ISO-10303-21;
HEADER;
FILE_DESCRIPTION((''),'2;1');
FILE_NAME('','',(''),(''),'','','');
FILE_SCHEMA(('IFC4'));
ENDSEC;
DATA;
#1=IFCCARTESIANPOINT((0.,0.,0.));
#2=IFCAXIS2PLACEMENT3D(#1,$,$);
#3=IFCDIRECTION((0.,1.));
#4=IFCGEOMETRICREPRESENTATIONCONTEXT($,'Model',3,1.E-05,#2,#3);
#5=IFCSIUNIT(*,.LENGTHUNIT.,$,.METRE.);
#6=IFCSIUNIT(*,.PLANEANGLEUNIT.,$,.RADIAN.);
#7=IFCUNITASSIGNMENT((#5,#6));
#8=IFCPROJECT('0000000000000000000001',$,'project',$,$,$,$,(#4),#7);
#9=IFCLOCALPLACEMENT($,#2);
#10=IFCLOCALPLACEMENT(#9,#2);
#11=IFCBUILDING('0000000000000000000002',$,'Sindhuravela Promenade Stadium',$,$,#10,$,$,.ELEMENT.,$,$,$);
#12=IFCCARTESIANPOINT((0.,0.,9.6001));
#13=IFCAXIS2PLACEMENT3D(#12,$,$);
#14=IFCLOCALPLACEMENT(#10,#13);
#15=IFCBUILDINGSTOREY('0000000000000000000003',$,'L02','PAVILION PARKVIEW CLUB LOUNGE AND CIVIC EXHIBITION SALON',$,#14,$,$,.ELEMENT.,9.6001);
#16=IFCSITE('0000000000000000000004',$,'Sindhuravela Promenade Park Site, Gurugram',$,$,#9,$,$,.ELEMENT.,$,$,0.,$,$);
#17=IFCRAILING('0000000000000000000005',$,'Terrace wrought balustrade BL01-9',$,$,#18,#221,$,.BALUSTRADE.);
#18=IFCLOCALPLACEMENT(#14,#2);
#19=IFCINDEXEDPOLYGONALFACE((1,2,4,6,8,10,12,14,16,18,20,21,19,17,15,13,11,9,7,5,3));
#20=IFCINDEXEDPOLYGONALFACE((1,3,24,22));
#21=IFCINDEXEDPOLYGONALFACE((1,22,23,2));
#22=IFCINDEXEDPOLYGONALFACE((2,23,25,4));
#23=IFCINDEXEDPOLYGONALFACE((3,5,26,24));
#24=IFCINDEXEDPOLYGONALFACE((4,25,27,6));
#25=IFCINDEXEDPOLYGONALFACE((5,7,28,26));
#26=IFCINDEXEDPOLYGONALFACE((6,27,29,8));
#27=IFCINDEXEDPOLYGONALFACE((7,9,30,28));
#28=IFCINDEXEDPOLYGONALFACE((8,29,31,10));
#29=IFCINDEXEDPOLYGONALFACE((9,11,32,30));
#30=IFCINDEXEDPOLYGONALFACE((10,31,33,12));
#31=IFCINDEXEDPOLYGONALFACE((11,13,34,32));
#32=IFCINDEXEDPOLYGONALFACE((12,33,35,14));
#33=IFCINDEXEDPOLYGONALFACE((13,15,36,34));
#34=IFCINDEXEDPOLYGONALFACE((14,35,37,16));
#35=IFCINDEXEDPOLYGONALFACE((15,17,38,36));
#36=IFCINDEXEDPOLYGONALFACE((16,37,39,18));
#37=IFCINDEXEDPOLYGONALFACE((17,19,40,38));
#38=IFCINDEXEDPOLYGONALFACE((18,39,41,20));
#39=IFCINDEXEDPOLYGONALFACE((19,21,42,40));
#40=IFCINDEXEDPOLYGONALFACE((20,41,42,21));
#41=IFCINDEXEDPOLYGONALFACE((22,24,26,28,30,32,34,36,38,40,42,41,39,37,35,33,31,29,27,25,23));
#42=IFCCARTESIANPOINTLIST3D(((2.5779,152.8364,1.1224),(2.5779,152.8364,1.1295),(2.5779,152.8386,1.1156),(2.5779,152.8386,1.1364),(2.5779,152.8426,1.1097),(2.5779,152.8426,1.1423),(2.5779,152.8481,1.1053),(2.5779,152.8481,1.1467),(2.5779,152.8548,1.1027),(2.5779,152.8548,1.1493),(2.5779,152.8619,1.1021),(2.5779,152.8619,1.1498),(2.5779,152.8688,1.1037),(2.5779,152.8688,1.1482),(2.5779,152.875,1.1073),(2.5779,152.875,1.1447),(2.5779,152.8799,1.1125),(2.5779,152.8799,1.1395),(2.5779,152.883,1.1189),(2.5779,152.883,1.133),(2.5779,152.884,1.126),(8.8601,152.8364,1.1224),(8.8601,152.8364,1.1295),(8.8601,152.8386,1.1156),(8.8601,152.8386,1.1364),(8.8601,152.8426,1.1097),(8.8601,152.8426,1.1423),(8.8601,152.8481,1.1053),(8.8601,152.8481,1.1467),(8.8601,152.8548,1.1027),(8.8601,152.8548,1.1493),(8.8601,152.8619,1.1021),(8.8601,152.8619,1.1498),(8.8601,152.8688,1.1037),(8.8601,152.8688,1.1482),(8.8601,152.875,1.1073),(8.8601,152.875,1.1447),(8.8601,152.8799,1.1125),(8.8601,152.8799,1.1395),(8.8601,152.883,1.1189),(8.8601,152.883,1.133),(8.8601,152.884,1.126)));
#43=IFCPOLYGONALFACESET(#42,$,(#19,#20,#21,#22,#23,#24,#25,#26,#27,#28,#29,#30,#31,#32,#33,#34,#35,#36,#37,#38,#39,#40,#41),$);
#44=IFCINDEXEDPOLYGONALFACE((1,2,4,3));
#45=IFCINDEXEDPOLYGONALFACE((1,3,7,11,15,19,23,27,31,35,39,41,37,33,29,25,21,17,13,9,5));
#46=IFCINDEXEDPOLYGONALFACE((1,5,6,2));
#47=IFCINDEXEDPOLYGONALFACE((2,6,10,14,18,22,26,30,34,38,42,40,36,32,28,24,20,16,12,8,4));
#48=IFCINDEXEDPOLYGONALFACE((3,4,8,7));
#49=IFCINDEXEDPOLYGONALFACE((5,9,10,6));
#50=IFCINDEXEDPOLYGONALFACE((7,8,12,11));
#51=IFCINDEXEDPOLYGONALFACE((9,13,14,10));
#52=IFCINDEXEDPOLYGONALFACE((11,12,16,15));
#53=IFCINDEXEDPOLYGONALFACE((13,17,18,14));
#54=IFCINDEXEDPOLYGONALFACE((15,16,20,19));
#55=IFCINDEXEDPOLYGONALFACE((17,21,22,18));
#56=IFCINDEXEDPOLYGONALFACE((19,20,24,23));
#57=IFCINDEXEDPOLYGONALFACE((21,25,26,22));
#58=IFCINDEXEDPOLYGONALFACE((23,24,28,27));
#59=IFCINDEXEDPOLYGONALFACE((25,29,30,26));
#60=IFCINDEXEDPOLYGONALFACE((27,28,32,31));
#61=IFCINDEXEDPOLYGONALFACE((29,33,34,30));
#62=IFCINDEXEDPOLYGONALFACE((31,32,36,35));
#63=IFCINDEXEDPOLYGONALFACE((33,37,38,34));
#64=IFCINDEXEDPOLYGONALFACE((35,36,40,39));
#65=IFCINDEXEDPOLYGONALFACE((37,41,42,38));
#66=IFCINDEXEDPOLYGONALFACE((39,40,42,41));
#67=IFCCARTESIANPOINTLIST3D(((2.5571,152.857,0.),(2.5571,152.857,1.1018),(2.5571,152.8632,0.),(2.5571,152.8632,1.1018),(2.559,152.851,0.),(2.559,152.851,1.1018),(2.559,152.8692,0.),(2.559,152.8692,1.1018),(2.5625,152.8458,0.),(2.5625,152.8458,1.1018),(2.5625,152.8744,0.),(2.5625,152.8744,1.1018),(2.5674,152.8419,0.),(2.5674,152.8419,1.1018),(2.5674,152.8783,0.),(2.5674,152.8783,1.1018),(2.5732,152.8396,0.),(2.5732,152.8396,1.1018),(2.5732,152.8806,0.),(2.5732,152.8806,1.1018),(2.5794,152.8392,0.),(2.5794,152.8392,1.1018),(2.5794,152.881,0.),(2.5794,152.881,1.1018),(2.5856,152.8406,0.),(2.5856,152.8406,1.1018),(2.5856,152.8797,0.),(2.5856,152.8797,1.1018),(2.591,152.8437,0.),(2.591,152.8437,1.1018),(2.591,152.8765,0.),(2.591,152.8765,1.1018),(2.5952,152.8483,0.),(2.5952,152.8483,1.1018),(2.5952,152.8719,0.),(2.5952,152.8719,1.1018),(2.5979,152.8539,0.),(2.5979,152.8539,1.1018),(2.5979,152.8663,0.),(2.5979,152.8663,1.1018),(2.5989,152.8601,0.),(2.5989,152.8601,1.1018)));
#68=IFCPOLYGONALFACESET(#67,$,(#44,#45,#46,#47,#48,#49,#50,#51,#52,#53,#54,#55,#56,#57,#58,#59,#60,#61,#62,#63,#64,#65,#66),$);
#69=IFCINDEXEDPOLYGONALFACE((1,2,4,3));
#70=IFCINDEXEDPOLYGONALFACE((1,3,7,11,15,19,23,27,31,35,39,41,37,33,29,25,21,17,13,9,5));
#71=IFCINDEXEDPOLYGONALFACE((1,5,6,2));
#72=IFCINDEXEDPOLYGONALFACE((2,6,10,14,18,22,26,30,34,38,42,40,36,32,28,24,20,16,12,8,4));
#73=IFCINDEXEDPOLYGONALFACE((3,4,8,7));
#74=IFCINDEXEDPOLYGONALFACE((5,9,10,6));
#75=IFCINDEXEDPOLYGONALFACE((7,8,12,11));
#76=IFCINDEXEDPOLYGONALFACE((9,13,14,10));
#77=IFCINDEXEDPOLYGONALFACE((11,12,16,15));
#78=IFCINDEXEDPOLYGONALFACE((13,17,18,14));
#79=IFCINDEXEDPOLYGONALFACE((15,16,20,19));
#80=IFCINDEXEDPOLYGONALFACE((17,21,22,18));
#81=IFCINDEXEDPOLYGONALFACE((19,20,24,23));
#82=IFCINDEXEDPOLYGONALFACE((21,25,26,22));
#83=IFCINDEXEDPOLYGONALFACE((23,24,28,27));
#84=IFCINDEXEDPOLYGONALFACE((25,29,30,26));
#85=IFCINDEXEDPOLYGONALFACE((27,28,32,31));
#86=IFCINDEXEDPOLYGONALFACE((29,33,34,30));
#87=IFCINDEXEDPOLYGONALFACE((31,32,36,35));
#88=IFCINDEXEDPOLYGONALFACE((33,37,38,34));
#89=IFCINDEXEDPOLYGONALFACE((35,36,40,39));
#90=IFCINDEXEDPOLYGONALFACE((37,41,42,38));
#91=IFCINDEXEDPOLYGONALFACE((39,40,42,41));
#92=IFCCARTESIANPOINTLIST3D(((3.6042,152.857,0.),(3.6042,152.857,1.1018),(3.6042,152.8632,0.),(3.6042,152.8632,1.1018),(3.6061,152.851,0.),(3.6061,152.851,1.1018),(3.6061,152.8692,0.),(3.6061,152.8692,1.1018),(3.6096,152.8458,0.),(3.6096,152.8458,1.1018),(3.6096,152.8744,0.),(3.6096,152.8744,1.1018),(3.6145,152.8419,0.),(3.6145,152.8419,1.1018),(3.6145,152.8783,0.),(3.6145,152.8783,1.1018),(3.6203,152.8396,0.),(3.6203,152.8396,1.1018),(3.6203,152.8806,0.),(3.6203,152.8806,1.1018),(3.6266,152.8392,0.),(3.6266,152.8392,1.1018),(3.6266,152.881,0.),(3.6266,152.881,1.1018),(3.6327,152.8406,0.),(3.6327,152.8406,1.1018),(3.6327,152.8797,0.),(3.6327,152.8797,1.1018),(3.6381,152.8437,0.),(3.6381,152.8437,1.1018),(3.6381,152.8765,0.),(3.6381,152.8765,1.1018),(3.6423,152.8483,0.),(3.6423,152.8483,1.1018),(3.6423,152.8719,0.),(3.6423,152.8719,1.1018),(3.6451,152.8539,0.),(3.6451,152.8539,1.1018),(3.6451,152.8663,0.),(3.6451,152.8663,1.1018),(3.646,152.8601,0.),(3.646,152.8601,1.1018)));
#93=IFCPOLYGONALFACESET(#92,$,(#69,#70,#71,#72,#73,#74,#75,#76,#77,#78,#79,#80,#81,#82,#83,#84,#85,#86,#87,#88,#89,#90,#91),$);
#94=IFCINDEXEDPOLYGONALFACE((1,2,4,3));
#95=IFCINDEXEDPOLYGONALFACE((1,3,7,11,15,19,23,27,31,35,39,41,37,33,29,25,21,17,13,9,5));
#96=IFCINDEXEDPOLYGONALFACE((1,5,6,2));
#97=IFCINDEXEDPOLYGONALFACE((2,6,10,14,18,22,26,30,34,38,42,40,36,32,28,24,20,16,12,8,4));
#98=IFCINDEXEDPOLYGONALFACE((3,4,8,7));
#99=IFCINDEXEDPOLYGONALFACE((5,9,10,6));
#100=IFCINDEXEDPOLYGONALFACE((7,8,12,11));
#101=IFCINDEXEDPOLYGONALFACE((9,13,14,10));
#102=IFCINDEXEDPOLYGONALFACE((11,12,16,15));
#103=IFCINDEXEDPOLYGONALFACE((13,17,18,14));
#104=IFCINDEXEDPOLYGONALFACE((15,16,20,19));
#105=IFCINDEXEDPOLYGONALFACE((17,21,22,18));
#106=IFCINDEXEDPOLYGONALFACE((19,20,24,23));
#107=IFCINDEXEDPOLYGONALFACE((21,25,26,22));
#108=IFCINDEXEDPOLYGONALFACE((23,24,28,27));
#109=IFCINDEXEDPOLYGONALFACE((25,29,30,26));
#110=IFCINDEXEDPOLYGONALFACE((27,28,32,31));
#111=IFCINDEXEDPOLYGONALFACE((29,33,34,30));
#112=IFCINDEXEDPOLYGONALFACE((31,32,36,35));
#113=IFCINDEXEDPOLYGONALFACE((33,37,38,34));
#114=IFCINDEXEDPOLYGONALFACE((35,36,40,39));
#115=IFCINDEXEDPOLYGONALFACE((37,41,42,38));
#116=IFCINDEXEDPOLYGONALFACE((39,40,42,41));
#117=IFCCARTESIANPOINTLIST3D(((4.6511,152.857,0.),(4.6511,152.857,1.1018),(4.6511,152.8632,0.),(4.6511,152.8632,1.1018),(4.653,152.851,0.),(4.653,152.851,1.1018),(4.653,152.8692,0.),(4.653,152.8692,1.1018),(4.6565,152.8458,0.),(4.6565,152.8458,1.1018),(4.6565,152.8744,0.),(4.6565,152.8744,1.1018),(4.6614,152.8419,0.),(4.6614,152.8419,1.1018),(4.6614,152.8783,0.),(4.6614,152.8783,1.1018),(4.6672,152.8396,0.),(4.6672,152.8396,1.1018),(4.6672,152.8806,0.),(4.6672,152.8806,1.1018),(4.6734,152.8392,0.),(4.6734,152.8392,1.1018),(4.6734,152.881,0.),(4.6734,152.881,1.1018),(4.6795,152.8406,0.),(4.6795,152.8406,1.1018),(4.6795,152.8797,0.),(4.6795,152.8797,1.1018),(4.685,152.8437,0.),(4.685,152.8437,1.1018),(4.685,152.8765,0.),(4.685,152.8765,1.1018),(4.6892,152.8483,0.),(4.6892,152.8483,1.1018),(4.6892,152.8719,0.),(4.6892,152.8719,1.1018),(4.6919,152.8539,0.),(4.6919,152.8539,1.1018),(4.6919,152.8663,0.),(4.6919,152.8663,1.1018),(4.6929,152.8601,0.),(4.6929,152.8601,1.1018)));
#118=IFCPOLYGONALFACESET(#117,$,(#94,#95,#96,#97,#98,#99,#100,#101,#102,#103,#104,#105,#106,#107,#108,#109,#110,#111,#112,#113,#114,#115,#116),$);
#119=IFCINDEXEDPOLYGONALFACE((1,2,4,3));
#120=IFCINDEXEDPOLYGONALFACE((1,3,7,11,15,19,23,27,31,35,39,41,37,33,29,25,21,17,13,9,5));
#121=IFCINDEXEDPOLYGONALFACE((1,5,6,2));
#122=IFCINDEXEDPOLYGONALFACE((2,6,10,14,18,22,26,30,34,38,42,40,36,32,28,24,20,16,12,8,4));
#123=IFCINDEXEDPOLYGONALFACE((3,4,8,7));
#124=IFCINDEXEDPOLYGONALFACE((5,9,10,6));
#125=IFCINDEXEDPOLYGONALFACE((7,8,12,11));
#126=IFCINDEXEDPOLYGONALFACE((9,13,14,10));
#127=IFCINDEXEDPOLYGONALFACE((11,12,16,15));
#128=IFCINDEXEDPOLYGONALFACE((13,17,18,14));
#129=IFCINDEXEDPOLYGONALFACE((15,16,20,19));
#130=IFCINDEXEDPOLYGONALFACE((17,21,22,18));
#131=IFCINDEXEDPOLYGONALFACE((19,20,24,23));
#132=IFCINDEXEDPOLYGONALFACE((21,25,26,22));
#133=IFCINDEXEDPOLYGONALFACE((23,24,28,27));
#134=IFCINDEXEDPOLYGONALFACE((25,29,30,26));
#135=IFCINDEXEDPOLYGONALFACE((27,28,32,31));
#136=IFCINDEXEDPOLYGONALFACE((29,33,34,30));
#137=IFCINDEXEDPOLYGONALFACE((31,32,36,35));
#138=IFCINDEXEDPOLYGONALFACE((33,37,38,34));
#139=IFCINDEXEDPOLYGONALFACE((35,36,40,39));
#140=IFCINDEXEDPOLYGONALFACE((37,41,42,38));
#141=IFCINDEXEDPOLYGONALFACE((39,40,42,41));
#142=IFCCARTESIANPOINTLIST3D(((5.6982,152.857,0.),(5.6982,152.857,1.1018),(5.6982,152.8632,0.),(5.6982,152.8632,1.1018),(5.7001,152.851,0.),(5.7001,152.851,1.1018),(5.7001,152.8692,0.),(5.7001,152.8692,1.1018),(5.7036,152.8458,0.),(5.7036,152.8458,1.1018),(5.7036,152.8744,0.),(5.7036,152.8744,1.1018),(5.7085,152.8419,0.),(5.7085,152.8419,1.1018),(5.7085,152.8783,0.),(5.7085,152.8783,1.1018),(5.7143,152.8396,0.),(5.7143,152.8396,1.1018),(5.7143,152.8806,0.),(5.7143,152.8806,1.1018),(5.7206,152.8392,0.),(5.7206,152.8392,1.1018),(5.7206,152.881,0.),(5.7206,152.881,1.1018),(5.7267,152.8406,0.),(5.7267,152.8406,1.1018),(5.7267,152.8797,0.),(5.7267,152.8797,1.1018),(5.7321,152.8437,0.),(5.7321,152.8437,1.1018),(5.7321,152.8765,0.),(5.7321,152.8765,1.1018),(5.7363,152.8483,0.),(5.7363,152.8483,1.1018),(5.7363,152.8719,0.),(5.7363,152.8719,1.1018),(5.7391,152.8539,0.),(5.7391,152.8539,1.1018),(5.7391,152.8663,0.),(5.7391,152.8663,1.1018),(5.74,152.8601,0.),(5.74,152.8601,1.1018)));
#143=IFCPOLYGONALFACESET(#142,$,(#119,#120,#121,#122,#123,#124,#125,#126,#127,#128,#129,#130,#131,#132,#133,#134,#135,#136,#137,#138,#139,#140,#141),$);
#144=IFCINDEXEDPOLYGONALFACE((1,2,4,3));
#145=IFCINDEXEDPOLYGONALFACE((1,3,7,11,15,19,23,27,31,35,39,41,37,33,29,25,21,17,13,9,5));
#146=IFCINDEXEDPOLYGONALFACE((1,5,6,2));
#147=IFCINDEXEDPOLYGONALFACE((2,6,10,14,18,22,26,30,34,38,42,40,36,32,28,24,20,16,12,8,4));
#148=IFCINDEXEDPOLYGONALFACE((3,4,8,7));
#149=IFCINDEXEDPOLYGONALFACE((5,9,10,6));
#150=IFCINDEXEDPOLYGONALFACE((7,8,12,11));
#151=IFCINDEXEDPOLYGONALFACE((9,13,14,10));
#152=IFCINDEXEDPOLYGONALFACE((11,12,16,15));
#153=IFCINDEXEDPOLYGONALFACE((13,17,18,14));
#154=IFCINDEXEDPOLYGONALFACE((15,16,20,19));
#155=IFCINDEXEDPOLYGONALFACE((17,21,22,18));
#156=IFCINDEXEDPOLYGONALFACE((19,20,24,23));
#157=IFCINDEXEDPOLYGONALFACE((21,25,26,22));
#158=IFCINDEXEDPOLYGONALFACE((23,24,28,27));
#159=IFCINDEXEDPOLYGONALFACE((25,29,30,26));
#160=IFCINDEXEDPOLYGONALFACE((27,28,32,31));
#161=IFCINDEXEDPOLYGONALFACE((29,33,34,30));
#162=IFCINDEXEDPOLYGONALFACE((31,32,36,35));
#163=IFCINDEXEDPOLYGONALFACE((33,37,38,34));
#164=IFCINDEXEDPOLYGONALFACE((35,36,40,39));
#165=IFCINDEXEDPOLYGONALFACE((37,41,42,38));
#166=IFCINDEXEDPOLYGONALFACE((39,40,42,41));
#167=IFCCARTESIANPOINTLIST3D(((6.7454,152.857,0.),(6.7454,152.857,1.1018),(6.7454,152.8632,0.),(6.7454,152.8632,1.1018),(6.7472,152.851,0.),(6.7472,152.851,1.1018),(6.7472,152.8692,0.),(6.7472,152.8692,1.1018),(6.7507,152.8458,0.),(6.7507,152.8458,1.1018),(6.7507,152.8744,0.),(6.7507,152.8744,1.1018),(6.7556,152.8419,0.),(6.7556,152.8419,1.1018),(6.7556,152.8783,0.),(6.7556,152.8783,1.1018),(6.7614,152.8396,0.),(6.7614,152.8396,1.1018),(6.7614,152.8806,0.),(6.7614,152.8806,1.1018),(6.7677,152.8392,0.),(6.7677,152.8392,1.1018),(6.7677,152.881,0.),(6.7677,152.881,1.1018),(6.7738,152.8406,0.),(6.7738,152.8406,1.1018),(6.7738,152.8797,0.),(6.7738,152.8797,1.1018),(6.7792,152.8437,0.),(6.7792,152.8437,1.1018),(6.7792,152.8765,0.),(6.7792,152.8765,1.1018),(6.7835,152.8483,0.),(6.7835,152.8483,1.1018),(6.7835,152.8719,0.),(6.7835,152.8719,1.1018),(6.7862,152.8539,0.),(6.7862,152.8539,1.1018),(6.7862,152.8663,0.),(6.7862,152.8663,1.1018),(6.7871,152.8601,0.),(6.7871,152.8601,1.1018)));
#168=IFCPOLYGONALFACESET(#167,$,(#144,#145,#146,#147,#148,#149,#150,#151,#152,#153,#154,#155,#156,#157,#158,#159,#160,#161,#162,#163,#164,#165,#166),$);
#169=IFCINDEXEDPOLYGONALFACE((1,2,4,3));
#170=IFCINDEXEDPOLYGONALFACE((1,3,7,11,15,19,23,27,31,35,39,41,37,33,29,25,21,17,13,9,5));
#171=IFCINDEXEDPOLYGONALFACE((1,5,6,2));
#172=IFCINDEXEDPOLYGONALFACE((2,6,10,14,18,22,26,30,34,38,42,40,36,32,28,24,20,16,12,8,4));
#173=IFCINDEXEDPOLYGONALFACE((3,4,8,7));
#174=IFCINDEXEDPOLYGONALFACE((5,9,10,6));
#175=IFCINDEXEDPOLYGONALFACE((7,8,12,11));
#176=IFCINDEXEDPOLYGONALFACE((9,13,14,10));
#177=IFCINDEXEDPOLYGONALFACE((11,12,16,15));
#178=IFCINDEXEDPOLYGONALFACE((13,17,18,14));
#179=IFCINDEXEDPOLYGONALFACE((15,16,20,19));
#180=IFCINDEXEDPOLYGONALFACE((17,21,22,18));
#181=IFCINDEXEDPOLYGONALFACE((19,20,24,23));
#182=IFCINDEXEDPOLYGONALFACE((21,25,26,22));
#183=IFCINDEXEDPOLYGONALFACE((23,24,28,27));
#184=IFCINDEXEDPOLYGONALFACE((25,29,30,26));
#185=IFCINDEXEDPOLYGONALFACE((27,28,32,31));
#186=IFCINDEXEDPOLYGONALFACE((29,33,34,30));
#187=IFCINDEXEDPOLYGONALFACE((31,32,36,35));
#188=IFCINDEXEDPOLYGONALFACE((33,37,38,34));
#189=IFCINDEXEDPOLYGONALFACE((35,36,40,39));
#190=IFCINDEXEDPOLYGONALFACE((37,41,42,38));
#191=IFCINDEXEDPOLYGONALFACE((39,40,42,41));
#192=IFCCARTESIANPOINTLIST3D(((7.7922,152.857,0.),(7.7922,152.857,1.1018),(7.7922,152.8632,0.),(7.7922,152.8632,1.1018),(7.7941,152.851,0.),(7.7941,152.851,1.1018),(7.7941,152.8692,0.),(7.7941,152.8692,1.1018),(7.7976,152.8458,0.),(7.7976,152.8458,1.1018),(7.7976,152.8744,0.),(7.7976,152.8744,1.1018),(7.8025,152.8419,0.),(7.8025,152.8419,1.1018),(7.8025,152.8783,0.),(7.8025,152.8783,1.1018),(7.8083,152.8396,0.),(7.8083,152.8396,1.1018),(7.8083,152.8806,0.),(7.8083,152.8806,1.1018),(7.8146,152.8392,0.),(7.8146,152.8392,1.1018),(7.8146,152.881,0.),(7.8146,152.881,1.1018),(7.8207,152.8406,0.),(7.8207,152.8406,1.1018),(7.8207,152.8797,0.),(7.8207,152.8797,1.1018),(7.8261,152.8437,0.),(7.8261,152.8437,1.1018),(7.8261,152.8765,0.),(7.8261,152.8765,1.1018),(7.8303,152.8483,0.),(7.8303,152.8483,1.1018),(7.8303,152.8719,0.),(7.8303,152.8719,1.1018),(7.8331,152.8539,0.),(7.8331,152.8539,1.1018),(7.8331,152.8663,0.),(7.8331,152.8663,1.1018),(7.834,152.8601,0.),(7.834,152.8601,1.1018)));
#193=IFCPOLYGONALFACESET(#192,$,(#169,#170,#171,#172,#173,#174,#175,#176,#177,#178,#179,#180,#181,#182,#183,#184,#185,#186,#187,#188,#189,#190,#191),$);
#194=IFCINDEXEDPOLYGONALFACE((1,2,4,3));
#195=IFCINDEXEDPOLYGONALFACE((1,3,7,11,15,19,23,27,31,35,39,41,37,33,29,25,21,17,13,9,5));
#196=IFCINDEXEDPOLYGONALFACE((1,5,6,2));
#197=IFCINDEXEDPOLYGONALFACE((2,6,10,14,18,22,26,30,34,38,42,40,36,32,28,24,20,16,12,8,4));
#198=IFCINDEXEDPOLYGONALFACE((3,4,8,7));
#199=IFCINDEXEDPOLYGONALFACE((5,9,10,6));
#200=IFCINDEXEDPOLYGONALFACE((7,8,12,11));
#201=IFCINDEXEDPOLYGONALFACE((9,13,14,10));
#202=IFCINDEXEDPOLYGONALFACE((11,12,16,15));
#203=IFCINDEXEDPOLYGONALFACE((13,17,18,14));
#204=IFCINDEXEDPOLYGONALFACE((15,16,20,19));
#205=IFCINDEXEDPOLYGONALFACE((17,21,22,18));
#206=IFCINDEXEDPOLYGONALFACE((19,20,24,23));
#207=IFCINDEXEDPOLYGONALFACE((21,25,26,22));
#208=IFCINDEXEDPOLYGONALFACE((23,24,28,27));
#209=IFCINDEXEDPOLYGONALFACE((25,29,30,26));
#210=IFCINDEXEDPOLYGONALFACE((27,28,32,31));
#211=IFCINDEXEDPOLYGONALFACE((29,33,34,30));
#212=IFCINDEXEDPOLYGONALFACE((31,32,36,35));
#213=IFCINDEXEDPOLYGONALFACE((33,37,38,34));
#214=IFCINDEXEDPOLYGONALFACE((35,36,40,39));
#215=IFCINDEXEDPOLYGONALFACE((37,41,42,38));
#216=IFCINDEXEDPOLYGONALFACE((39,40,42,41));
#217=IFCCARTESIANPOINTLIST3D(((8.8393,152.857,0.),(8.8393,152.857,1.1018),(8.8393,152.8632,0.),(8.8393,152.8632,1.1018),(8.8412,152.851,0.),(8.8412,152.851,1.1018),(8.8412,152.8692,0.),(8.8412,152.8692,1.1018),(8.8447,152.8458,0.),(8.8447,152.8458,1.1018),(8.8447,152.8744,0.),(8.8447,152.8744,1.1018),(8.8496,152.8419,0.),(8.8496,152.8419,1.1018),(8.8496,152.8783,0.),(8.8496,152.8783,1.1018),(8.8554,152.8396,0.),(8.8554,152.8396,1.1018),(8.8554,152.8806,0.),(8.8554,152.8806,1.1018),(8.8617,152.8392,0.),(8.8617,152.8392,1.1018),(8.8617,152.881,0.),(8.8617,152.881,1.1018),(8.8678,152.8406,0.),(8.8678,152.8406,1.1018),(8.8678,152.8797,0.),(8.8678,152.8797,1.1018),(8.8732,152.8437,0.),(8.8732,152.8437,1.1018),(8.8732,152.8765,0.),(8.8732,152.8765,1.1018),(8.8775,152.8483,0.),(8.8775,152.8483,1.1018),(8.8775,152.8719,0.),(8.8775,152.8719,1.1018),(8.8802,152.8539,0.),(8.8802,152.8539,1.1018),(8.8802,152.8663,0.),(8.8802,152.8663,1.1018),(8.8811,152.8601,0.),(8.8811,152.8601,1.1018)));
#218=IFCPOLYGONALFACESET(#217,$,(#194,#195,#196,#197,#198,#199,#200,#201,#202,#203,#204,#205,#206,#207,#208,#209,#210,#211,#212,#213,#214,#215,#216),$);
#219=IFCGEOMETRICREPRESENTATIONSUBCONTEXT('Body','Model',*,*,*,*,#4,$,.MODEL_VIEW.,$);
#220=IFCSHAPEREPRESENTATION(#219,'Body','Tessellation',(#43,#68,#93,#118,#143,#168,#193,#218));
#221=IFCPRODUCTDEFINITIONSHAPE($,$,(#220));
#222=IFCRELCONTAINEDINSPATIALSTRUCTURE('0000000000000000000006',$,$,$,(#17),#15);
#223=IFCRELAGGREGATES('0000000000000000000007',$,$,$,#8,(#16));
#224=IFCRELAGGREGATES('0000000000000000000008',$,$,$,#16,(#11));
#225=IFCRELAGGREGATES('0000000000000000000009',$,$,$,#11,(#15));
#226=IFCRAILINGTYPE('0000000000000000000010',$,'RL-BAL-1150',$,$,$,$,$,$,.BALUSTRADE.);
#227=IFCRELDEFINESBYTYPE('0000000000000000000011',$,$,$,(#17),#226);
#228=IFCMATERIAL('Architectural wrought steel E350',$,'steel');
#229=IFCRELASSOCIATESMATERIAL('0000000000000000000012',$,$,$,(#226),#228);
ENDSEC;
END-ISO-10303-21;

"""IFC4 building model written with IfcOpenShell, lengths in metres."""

from ifc_helpers import new_model, si_unit, direction, frame, origin, origin_2d, place, context, subcontext, project, spatial, circle, extrude, material, type_object, element, save


model = new_model("IFC4")

# Units and contexts
model_context = context("Model", 3, precision=1e-05, world=origin(), true_north=direction((0.0, 1.0)))
body_context = subcontext(model_context, "Body", "Model", "MODEL_VIEW")
ifc_project = project(units=[si_unit("LENGTHUNIT", "METRE"), si_unit("PLANEANGLEUNIT", "RADIAN")], contexts=[model_context])

# Site, building, storey
site_placement = place(None, origin())
site = spatial("IfcSite", under=ifc_project, at=site_placement, Name="Sindhuravela Promenade Park Site, Gurugram", CompositionType="ELEMENT", RefElevation=0.0)
building_placement = place(site_placement, origin())
building = spatial("IfcBuilding", under=site, at=building_placement, Name="Sindhuravela Promenade Stadium", CompositionType="ELEMENT")
storey_placement = place(building_placement, frame((0.0, 0.0, 9.6001)))
storey = spatial("IfcBuildingStorey", under=building, at=storey_placement, Name="L02", Description="PAVILION PARKVIEW CLUB LOUNGE AND CIVIC EXHIBITION SALON", CompositionType="ELEMENT", Elevation=9.6001)

# Railing
ifc_material_1 = material(Name="Architectural wrought steel E350", Category="steel")
railing_type = type_object("IfcRailingType", Name="RL-BAL-1150", PredefinedType="BALUSTRADE", material=ifc_material_1)
railing_1_placement = place(storey_placement, frame((2.5779, 152.8601, 0.0)))
element("IfcRailing", 1, at=railing_1_placement, inside=storey, type_object=railing_type, Name="Terrace wrought balustrade BL01-9", PredefinedType="BALUSTRADE", context=body_context, shape_type="SweptSolid", body=[
    extrude(circle(Radius=0.0239, at=origin_2d()), frame((0.0, 0.0, 1.126), z_axis=(1.0, 0.0, 0.0), x_axis=(0.0, 1.0, 0.0)), (0.0, 0.0, 1.0), 6.2822),
    extrude(circle(Radius=0.021, at=origin_2d()), origin(), (0.0, 0.0, 1.0), 1.1018),
    extrude(circle(Radius=0.021, at=origin_2d()), frame((1.0471, 0.0, 0.0)), (0.0, 0.0, 1.0), 1.1018),
    extrude(circle(Radius=0.021, at=origin_2d()), frame((2.094, 0.0, 0.0)), (0.0, 0.0, 1.0), 1.1018),
    extrude(circle(Radius=0.021, at=origin_2d()), frame((3.1411, 0.0, 0.0)), (0.0, 0.0, 1.0), 1.1018),
    extrude(circle(Radius=0.021, at=origin_2d()), frame((4.1882, 0.0, 0.0)), (0.0, 0.0, 1.0), 1.1018),
    extrude(circle(Radius=0.021, at=origin_2d()), frame((5.2351, 0.0, 0.0)), (0.0, 0.0, 1.0), 1.1018),
    extrude(circle(Radius=0.021, at=origin_2d()), frame((6.2822, 0.0, 0.0)), (0.0, 0.0, 1.0), 1.1018),
])

save(model, "model.ifc")
